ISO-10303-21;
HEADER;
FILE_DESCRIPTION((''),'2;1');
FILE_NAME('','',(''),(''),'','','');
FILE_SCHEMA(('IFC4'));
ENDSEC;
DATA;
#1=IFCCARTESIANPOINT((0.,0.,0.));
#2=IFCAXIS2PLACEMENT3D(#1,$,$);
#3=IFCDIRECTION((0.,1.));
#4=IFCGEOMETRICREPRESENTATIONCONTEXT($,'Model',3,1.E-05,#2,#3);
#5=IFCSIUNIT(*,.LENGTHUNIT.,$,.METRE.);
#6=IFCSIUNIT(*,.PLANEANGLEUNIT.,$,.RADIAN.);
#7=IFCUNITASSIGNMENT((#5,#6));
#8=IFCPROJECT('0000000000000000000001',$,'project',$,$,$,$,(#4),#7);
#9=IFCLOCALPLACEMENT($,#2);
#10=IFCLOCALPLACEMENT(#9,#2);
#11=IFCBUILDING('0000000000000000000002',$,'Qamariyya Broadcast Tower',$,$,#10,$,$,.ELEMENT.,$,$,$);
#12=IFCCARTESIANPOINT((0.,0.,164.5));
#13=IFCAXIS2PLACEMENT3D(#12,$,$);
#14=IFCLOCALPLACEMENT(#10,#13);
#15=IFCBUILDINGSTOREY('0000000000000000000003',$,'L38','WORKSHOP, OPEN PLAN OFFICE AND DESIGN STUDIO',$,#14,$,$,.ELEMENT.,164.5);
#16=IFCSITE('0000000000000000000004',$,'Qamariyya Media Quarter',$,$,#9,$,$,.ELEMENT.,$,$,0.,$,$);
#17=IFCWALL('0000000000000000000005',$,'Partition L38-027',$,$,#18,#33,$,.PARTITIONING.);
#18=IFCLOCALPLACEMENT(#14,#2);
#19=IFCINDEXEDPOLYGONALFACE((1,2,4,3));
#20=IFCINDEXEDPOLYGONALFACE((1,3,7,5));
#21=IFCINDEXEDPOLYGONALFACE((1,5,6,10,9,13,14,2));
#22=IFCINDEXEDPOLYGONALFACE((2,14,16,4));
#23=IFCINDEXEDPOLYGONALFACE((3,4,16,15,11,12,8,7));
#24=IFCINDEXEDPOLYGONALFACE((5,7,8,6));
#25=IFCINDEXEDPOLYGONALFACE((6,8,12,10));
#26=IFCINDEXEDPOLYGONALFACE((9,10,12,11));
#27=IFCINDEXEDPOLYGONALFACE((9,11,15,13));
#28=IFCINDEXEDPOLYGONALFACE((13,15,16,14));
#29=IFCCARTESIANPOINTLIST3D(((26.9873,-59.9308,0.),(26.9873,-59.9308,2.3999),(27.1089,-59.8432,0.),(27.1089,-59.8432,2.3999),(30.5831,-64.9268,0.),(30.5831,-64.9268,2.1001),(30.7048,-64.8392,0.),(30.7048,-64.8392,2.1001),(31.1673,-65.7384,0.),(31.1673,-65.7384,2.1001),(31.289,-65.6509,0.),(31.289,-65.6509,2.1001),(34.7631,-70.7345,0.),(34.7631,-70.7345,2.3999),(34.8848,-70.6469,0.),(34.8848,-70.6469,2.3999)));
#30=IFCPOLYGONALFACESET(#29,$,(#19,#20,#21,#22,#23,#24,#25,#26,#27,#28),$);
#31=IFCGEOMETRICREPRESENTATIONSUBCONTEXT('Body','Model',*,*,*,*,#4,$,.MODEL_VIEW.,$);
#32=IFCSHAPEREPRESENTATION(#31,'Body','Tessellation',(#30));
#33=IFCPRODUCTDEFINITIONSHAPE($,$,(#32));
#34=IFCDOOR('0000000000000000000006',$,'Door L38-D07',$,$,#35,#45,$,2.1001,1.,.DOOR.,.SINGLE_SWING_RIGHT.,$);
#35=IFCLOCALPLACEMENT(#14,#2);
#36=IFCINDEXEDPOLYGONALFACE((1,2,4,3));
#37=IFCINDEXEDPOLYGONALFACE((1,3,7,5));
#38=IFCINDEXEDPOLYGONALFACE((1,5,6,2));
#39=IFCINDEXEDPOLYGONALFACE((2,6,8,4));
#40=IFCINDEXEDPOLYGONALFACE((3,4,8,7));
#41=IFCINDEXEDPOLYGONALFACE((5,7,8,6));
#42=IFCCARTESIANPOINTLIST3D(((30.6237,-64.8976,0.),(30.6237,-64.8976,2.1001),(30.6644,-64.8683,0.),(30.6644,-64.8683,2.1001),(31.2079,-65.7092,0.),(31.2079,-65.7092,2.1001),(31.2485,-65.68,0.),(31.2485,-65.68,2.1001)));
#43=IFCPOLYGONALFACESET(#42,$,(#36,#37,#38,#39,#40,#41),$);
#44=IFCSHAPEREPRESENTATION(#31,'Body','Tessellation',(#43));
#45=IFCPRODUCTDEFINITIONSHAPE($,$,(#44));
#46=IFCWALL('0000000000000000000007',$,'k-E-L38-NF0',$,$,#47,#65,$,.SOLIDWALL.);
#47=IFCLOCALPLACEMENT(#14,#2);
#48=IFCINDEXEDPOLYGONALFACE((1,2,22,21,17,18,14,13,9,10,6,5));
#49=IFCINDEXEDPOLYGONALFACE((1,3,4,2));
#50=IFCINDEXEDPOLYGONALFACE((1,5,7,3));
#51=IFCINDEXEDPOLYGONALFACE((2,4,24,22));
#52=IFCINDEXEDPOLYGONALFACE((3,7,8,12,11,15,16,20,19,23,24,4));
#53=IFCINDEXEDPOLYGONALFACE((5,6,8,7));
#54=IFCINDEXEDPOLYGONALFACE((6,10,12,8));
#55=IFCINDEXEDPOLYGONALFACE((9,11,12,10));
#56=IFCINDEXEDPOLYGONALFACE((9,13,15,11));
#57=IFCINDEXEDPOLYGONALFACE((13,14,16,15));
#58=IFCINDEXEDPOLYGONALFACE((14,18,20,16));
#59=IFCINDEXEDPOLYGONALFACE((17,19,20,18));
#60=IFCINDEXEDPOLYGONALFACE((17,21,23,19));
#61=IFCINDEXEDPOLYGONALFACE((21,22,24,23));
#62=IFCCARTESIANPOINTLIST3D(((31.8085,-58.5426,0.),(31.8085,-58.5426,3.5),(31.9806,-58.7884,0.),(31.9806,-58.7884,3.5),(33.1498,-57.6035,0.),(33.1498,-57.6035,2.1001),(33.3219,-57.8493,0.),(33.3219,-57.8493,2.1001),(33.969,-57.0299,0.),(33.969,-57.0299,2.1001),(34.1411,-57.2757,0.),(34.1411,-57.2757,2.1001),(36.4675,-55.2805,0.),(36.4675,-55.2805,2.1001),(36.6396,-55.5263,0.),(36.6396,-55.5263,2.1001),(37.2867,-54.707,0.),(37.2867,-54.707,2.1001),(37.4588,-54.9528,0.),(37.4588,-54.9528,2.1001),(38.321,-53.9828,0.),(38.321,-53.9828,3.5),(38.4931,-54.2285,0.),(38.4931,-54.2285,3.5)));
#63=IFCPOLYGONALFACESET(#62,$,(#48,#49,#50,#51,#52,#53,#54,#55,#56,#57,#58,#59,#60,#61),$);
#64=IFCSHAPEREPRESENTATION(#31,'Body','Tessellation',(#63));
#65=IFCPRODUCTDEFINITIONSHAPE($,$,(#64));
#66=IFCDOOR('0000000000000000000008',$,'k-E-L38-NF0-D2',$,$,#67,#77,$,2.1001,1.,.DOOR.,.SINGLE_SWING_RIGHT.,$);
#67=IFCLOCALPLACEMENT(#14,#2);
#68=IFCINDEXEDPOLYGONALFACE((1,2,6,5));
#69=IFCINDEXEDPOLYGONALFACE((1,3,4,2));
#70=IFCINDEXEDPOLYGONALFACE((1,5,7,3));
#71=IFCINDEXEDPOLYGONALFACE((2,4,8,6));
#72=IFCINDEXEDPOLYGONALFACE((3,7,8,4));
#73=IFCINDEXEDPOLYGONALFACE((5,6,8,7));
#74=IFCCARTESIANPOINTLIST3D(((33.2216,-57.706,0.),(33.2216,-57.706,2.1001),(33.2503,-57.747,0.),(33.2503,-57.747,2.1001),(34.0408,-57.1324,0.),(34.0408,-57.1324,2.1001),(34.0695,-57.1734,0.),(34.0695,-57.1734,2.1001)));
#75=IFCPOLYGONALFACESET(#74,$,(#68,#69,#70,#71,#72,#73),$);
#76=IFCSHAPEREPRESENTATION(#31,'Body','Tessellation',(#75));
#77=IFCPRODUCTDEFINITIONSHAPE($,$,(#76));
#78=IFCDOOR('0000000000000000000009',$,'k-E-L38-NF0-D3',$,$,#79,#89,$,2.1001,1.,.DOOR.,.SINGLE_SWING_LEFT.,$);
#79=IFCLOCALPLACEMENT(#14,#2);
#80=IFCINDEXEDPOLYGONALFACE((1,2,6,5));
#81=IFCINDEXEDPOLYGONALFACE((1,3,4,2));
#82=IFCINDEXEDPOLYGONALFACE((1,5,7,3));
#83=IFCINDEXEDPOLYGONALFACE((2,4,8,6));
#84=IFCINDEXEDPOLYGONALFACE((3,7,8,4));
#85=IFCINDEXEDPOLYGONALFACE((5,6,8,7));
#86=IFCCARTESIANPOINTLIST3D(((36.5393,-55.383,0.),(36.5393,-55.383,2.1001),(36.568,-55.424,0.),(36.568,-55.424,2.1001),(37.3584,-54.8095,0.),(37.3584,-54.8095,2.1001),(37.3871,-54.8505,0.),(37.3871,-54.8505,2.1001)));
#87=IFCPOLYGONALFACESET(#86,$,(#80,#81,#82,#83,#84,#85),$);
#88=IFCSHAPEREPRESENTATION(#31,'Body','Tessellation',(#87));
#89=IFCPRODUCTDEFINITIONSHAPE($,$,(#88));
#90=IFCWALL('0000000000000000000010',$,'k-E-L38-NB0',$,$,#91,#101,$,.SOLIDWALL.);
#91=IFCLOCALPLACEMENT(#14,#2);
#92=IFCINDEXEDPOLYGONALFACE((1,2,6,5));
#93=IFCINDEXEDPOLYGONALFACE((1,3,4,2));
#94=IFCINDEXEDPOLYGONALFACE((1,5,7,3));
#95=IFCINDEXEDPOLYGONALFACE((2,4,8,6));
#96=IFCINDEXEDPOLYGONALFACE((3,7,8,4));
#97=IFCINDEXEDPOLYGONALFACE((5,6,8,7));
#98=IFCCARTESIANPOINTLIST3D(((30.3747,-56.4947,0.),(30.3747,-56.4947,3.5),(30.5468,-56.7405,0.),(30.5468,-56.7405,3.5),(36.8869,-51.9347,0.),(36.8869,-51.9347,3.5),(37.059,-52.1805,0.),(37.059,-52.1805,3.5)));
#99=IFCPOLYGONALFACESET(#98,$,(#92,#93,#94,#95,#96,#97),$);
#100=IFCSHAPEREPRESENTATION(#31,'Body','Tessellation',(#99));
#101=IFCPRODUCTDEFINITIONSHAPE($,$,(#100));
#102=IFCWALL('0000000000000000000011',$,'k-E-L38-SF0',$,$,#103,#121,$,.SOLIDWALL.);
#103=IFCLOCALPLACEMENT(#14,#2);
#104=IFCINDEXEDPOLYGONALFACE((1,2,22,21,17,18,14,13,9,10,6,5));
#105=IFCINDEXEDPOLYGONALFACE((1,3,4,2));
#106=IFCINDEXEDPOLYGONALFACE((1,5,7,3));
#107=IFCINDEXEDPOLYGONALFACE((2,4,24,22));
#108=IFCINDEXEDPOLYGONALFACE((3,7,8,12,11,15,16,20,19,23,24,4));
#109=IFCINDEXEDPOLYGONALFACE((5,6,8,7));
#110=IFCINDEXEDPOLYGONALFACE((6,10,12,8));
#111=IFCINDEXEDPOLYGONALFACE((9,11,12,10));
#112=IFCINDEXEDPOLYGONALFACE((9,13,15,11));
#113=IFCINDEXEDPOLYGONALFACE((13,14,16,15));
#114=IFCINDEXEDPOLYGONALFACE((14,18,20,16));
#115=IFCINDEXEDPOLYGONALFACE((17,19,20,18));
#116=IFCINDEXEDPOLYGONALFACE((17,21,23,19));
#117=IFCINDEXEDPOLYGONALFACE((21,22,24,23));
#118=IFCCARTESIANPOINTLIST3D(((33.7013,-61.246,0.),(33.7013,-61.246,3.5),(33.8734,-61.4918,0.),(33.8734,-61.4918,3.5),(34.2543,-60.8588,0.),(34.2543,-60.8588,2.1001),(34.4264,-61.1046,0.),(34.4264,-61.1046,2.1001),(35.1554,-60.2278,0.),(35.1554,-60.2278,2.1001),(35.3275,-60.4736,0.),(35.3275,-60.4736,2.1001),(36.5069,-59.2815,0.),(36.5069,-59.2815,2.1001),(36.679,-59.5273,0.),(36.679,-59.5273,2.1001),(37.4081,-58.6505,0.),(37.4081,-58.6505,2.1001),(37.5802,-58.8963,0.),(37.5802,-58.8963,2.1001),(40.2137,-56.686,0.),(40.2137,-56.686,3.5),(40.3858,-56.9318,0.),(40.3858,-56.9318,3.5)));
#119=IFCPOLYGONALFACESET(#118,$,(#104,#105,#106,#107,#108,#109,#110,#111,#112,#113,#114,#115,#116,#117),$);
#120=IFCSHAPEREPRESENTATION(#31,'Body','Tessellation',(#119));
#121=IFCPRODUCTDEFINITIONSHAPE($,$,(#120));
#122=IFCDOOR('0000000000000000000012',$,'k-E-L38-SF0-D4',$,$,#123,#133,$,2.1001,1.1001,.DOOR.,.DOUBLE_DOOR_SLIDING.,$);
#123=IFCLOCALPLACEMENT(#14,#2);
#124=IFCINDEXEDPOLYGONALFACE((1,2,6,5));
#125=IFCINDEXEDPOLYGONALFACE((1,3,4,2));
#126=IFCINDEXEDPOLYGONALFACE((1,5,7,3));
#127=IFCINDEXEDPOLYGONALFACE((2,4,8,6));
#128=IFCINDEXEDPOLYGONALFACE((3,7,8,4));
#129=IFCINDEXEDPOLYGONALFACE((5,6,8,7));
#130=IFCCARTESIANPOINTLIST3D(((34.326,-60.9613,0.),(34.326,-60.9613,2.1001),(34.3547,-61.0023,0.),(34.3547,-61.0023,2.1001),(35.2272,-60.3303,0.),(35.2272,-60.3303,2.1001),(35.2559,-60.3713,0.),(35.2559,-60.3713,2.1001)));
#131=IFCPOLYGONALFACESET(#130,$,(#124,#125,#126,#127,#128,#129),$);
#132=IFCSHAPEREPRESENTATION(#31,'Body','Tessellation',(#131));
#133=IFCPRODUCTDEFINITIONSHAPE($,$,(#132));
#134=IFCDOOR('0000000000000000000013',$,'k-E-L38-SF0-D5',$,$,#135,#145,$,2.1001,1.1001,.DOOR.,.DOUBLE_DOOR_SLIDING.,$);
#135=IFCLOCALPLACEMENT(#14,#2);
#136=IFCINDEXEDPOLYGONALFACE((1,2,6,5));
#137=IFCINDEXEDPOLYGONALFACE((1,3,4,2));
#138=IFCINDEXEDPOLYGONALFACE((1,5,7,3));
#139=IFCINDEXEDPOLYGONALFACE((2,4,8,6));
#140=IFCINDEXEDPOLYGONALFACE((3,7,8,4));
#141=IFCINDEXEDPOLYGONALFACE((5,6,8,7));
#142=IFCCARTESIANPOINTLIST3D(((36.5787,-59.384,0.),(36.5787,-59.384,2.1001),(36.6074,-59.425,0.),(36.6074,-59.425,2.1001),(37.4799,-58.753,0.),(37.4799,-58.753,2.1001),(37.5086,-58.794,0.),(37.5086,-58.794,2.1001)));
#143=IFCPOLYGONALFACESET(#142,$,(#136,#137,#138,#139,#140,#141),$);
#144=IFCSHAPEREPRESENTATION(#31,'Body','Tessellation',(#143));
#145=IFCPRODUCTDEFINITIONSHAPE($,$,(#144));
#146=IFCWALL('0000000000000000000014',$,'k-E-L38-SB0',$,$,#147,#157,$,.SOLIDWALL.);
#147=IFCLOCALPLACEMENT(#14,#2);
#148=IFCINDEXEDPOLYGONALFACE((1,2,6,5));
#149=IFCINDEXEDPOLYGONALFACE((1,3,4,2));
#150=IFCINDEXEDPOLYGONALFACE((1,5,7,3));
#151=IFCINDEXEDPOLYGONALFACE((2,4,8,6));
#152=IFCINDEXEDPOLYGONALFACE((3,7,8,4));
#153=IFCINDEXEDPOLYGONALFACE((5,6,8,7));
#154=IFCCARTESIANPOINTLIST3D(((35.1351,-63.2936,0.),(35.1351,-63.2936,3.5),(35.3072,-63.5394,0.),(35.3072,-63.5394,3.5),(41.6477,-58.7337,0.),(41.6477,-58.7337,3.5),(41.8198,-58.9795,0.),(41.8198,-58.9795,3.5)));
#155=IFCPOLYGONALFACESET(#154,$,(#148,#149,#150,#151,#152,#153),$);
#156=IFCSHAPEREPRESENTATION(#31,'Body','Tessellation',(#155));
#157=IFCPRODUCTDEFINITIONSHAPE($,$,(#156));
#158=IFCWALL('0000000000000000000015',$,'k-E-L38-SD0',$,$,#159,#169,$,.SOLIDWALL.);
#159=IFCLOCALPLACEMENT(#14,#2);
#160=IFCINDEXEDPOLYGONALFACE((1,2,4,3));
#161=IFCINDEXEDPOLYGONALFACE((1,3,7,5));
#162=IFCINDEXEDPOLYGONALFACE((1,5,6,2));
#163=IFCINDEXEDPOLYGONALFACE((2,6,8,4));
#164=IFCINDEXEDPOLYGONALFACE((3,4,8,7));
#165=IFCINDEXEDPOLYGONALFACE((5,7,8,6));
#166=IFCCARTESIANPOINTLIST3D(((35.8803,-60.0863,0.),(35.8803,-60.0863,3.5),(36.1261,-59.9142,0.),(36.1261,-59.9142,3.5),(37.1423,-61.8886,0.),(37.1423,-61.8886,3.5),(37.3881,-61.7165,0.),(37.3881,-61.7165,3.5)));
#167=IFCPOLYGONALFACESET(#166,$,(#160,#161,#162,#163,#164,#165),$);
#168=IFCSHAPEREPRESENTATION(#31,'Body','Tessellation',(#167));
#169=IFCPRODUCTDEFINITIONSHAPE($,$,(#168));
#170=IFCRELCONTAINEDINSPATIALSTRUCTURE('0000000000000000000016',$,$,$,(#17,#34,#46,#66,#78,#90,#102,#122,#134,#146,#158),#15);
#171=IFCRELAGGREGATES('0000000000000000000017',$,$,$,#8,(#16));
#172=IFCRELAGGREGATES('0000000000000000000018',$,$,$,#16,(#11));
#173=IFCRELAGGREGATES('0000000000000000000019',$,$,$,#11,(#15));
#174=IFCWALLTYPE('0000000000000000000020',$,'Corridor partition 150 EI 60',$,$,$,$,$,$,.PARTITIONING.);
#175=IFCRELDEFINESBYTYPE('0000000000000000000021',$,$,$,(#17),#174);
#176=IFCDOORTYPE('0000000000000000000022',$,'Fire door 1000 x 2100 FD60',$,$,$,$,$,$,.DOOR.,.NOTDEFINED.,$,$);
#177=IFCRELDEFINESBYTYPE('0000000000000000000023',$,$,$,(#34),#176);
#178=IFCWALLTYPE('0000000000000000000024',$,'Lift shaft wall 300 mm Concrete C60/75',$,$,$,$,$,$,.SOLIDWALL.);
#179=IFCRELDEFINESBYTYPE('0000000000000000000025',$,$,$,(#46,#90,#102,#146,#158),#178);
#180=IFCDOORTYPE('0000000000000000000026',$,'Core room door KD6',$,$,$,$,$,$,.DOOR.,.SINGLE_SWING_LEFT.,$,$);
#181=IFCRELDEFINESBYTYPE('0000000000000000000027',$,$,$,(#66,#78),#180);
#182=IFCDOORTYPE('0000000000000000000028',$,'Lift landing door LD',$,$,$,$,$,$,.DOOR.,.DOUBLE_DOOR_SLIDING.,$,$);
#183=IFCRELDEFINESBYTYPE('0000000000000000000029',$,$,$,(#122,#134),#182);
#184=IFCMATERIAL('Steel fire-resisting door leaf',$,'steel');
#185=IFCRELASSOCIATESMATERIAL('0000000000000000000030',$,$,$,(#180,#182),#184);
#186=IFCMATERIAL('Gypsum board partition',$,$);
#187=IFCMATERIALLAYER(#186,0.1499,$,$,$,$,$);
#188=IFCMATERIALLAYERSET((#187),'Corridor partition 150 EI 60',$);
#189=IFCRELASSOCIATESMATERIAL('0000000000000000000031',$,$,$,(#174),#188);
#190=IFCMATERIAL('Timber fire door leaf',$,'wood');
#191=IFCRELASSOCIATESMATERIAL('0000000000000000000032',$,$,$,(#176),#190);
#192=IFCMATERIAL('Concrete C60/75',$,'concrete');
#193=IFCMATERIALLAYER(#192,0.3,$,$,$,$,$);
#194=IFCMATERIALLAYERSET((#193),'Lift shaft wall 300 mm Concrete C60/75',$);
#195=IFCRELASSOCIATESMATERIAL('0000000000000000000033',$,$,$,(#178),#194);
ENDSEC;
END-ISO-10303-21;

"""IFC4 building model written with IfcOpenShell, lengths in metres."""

from ifc_helpers import new_model, si_unit, direction, frame, frame_2d, origin, place, context, subcontext, project, spatial, rectangle, extrude, material, layer, layer_set, type_object, element, fill, save


model = new_model("IFC4")

# Units and contexts
model_context = context("Model", 3, precision=1e-05, world=origin(), true_north=direction((0.0, 1.0)))
body_context = subcontext(model_context, "Body", "Model", "MODEL_VIEW")
ifc_project = project(units=[si_unit("LENGTHUNIT", "METRE"), si_unit("PLANEANGLEUNIT", "RADIAN")], contexts=[model_context])

# Site, building, storey
site_placement = place(None, origin())
site = spatial("IfcSite", under=ifc_project, at=site_placement, Name="Qamariyya Media Quarter", CompositionType="ELEMENT", RefElevation=0.0)
building_placement = place(site_placement, origin())
building = spatial("IfcBuilding", under=site, at=building_placement, Name="Qamariyya Broadcast Tower", CompositionType="ELEMENT")
storey_placement = place(building_placement, frame((0.0, 0.0, 164.5)))
storey = spatial("IfcBuildingStorey", under=building, at=storey_placement, Name="L38", Description="WORKSHOP, OPEN PLAN OFFICE AND DESIGN STUDIO", CompositionType="ELEMENT", Elevation=164.5)

# Shared definitions
ifc_material_1 = material(Name="Concrete C60/75", Category="concrete")

# Shared definitions
ifc_material_2 = material(Name="Steel fire-resisting door leaf", Category="steel")

# Shared definitions
door_type_1 = type_object("IfcDoorType", Name="Core room door KD6", OperationType="SINGLE_SWING_LEFT", PredefinedType="DOOR", material=ifc_material_2)

# Wall, opening, door
ifc_material_3 = material(Name="Gypsum board partition")
ifc_layer_1 = layer(ifc_material_3, 0.1499)
ifc_layer_set_1 = layer_set([ifc_layer_1], Name="Corridor partition 150 EI 60")
wall_type_1 = type_object("IfcWallType", Name="Corridor partition 150 EI 60", PredefinedType="PARTITIONING", material=ifc_layer_set_1)
wall_1_placement = place(storey_placement, frame((34.824, -70.6907, 0.0), z_axis=(0.0, 0.0, 1.0), x_axis=(-0.584167, 0.811634, 0.0)))
wall_1 = element("IfcWall", 1, at=wall_1_placement, inside=storey, type_object=wall_type_1, Name="Partition L38-027", PredefinedType="PARTITIONING", context=body_context, shape_type="SweptSolid", body=[
    extrude(rectangle(XDim=13.311, YDim=0.1499, at=frame_2d((6.6555, 0.0))), origin(), (0.0, 0.0, 1.0), 2.3999),
])
opening_1_placement = place(wall_1_placement, frame((6.1555, 0.0, 0.0)))
opening_1 = element("IfcOpeningElement", 2, at=opening_1_placement, cuts=wall_1, PredefinedType="OPENING", context=body_context, shape_type="SweptSolid", body=[
    extrude(rectangle(XDim=1.0, YDim=2.1001, at=frame_2d((0.5, 1.05))), frame((0.0, 0.085, 0.0), z_axis=(0.0, -1.0, 0.0), x_axis=(1.0, 0.0, 0.0)), (0.0, 0.0, 1.0), 0.1699),
])
ifc_material_4 = material(Name="Timber fire door leaf", Category="wood")
door_type_2 = type_object("IfcDoorType", Name="Fire door 1000 x 2100 FD60", OperationType="NOTDEFINED", PredefinedType="DOOR", material=ifc_material_4)
door_1_placement = place(opening_1_placement, origin())
door_1 = element("IfcDoor", 3, at=door_1_placement, inside=storey, type_object=door_type_2, Name="Door L38-D07", OperationType="SINGLE_SWING_RIGHT", OverallHeight=2.1001, OverallWidth=1.0, PredefinedType="DOOR", context=body_context, shape_type="SweptSolid", body=[
    extrude(rectangle(XDim=1.0, YDim=2.1001, at=frame_2d((0.5, 1.05))), frame((0.0, 0.0249, 0.0), z_axis=(0.0, -1.0, 0.0), x_axis=(1.0, 0.0, 0.0)), (0.0, 0.0, 1.0), 0.05),
])
fill(opening_1, door_1)

# Wall, openings, doors
ifc_layer_2 = layer(ifc_material_1, 0.3)
ifc_layer_set_2 = layer_set([ifc_layer_2], Name="Lift shaft wall 300 mm Concrete C60/75")
wall_type_2 = type_object("IfcWallType", Name="Lift shaft wall 300 mm Concrete C60/75", PredefinedType="SOLIDWALL", material=ifc_layer_set_2)
wall_2_placement = place(storey_placement, frame((31.8945, -58.6655, 0.0), z_axis=(0.0, 0.0, 1.0), x_axis=(0.819167, 0.573555, 0.0)))
wall_2 = element("IfcWall", 4, at=wall_2_placement, inside=storey, type_object=wall_type_2, Name="k-E-L38-NF0", PredefinedType="SOLIDWALL", context=body_context, shape_type="SweptSolid", body=[
    extrude(rectangle(XDim=7.9502, YDim=0.3, at=frame_2d((3.9751, 0.0))), origin(), (0.0, 0.0, 1.0), 3.5),
])
opening_2_placement = place(wall_2_placement, frame((1.6375, 0.0, 0.0)))
opening_2 = element("IfcOpeningElement", 5, at=opening_2_placement, cuts=wall_2, PredefinedType="OPENING", context=body_context, shape_type="SweptSolid", body=[
    extrude(rectangle(XDim=1.0, YDim=2.1001, at=frame_2d((0.5, 1.05))), frame((0.0, 0.1599, 0.0), z_axis=(0.0, -1.0, 0.0), x_axis=(1.0, 0.0, 0.0)), (0.0, 0.0, 1.0), 0.3201),
])
opening_3_placement = place(wall_2_placement, frame((5.6875, 0.0, 0.0)))
opening_3 = element("IfcOpeningElement", 6, at=opening_3_placement, cuts=wall_2, PredefinedType="OPENING", context=body_context, shape_type="SweptSolid", body=[
    extrude(rectangle(XDim=1.0, YDim=2.1001, at=frame_2d((0.5, 1.05))), frame((0.0, 0.1599, 0.0), z_axis=(0.0, -1.0, 0.0), x_axis=(1.0, 0.0, 0.0)), (0.0, 0.0, 1.0), 0.3201),
])
door_2_placement = place(opening_2_placement, origin())
door_2 = element("IfcDoor", 7, at=door_2_placement, inside=storey, type_object=door_type_1, Name="k-E-L38-NF0-D2", OperationType="SINGLE_SWING_RIGHT", OverallHeight=2.1001, OverallWidth=1.0, PredefinedType="DOOR", context=body_context, shape_type="SweptSolid", body=[
    extrude(rectangle(XDim=1.0, YDim=2.1001, at=frame_2d((0.5, 1.05))), frame((0.0, 0.0249, 0.0), z_axis=(0.0, -1.0, 0.0), x_axis=(1.0, 0.0, 0.0)), (0.0, 0.0, 1.0), 0.05),
])
fill(opening_2, door_2)
door_3_placement = place(opening_3_placement, origin())
door_3 = element("IfcDoor", 8, at=door_3_placement, inside=storey, type_object=door_type_1, Name="k-E-L38-NF0-D3", OperationType="SINGLE_SWING_LEFT", OverallHeight=2.1001, OverallWidth=1.0, PredefinedType="DOOR", context=body_context, shape_type="SweptSolid", body=[
    extrude(rectangle(XDim=1.0, YDim=2.1001, at=frame_2d((0.5, 1.05))), frame((0.0, 0.0249, 0.0), z_axis=(0.0, -1.0, 0.0), x_axis=(1.0, 0.0, 0.0)), (0.0, 0.0, 1.0), 0.05),
])
fill(opening_3, door_3)

# Wall
wall_3_placement = place(storey_placement, frame((30.4607, -56.6177, 0.0), z_axis=(0.0, 0.0, 1.0), x_axis=(0.819142, 0.57359, 0.0)))
element("IfcWall", 9, at=wall_3_placement, inside=storey, type_object=wall_type_2, Name="k-E-L38-NB0", PredefinedType="SOLIDWALL", context=body_context, shape_type="SweptSolid", body=[
    extrude(rectangle(XDim=7.95, YDim=0.3, at=frame_2d((3.9751, 0.0))), origin(), (0.0, 0.0, 1.0), 3.5),
])

# Wall, openings, doors
wall_4_placement = place(storey_placement, frame((33.7874, -61.3689, 0.0), z_axis=(0.0, 0.0, 1.0), x_axis=(0.819153, 0.573576, 0.0)))
wall_4 = element("IfcWall", 10, at=wall_4_placement, inside=storey, type_object=wall_type_2, Name="k-E-L38-SF0", PredefinedType="SOLIDWALL", context=body_context, shape_type="SweptSolid", body=[
    extrude(rectangle(XDim=7.9502, YDim=0.3, at=frame_2d((3.9751, 0.0))), origin(), (0.0, 0.0, 1.0), 3.5),
])
opening_4_placement = place(wall_4_placement, frame((0.675, 0.0, 0.0)))
opening_4 = element("IfcOpeningElement", 11, at=opening_4_placement, cuts=wall_4, PredefinedType="OPENING", context=body_context, shape_type="SweptSolid", body=[
    extrude(rectangle(XDim=1.1001, YDim=2.1001, at=frame_2d((0.55, 1.05))), frame((0.0, 0.1599, 0.0), z_axis=(0.0, -1.0, 0.0), x_axis=(1.0, 0.0, 0.0)), (0.0, 0.0, 1.0), 0.3201),
])
opening_5_placement = place(wall_4_placement, frame((3.425, 0.0, 0.0)))
opening_5 = element("IfcOpeningElement", 12, at=opening_5_placement, cuts=wall_4, PredefinedType="OPENING", context=body_context, shape_type="SweptSolid", body=[
    extrude(rectangle(XDim=1.1001, YDim=2.1001, at=frame_2d((0.55, 1.05))), frame((0.0, 0.1599, 0.0), z_axis=(0.0, -1.0, 0.0), x_axis=(1.0, 0.0, 0.0)), (0.0, 0.0, 1.0), 0.3201),
])
door_type_3 = type_object("IfcDoorType", Name="Lift landing door LD", OperationType="DOUBLE_DOOR_SLIDING", PredefinedType="DOOR", material=ifc_material_2)
door_4_placement = place(opening_4_placement, origin())
door_4 = element("IfcDoor", 13, at=door_4_placement, inside=storey, type_object=door_type_3, Name="k-E-L38-SF0-D4", OperationType="DOUBLE_DOOR_SLIDING", OverallHeight=2.1001, OverallWidth=1.1001, PredefinedType="DOOR", context=body_context, shape_type="SweptSolid", body=[
    extrude(rectangle(XDim=1.1001, YDim=2.1001, at=frame_2d((0.55, 1.05))), frame((0.0, 0.0249, 0.0), z_axis=(0.0, -1.0, 0.0), x_axis=(1.0, 0.0, 0.0)), (0.0, 0.0, 1.0), 0.05),
])
fill(opening_4, door_4)
door_5_placement = place(opening_5_placement, origin())
door_5 = element("IfcDoor", 14, at=door_5_placement, inside=storey, type_object=door_type_3, Name="k-E-L38-SF0-D5", OperationType="DOUBLE_DOOR_SLIDING", OverallHeight=2.1001, OverallWidth=1.1001, PredefinedType="DOOR", context=body_context, shape_type="SweptSolid", body=[
    extrude(rectangle(XDim=1.1001, YDim=2.1001, at=frame_2d((0.55, 1.05))), frame((0.0, 0.0249, 0.0), z_axis=(0.0, -1.0, 0.0), x_axis=(1.0, 0.0, 0.0)), (0.0, 0.0, 1.0), 0.05),
])
fill(opening_5, door_5)

# Walls
wall_5_placement = place(storey_placement, frame((35.2212, -63.4165, 0.0), z_axis=(0.0, 0.0, 1.0), x_axis=(0.819167, 0.573555, 0.0)))
element("IfcWall", 15, at=wall_5_placement, inside=storey, type_object=wall_type_2, Name="k-E-L38-SB0", PredefinedType="SOLIDWALL", context=body_context, shape_type="SweptSolid", body=[
    extrude(rectangle(XDim=7.9502, YDim=0.3, at=frame_2d((3.9751, 0.0))), origin(), (0.0, 0.0, 1.0), 3.5),
])
wall_6_placement = place(storey_placement, frame((36.0032, -60.0002, 0.0), z_axis=(0.0, 0.0, 1.0), x_axis=(0.573581, -0.819149, 0.0)))
element("IfcWall", 16, at=wall_6_placement, inside=storey, type_object=wall_type_2, Name="k-E-L38-SD0", PredefinedType="SOLIDWALL", context=body_context, shape_type="SweptSolid", body=[
    extrude(rectangle(XDim=2.2002, YDim=0.3, at=frame_2d((1.1001, 0.0))), origin(), (0.0, 0.0, 1.0), 3.5),
])

save(model, "model.ifc")
